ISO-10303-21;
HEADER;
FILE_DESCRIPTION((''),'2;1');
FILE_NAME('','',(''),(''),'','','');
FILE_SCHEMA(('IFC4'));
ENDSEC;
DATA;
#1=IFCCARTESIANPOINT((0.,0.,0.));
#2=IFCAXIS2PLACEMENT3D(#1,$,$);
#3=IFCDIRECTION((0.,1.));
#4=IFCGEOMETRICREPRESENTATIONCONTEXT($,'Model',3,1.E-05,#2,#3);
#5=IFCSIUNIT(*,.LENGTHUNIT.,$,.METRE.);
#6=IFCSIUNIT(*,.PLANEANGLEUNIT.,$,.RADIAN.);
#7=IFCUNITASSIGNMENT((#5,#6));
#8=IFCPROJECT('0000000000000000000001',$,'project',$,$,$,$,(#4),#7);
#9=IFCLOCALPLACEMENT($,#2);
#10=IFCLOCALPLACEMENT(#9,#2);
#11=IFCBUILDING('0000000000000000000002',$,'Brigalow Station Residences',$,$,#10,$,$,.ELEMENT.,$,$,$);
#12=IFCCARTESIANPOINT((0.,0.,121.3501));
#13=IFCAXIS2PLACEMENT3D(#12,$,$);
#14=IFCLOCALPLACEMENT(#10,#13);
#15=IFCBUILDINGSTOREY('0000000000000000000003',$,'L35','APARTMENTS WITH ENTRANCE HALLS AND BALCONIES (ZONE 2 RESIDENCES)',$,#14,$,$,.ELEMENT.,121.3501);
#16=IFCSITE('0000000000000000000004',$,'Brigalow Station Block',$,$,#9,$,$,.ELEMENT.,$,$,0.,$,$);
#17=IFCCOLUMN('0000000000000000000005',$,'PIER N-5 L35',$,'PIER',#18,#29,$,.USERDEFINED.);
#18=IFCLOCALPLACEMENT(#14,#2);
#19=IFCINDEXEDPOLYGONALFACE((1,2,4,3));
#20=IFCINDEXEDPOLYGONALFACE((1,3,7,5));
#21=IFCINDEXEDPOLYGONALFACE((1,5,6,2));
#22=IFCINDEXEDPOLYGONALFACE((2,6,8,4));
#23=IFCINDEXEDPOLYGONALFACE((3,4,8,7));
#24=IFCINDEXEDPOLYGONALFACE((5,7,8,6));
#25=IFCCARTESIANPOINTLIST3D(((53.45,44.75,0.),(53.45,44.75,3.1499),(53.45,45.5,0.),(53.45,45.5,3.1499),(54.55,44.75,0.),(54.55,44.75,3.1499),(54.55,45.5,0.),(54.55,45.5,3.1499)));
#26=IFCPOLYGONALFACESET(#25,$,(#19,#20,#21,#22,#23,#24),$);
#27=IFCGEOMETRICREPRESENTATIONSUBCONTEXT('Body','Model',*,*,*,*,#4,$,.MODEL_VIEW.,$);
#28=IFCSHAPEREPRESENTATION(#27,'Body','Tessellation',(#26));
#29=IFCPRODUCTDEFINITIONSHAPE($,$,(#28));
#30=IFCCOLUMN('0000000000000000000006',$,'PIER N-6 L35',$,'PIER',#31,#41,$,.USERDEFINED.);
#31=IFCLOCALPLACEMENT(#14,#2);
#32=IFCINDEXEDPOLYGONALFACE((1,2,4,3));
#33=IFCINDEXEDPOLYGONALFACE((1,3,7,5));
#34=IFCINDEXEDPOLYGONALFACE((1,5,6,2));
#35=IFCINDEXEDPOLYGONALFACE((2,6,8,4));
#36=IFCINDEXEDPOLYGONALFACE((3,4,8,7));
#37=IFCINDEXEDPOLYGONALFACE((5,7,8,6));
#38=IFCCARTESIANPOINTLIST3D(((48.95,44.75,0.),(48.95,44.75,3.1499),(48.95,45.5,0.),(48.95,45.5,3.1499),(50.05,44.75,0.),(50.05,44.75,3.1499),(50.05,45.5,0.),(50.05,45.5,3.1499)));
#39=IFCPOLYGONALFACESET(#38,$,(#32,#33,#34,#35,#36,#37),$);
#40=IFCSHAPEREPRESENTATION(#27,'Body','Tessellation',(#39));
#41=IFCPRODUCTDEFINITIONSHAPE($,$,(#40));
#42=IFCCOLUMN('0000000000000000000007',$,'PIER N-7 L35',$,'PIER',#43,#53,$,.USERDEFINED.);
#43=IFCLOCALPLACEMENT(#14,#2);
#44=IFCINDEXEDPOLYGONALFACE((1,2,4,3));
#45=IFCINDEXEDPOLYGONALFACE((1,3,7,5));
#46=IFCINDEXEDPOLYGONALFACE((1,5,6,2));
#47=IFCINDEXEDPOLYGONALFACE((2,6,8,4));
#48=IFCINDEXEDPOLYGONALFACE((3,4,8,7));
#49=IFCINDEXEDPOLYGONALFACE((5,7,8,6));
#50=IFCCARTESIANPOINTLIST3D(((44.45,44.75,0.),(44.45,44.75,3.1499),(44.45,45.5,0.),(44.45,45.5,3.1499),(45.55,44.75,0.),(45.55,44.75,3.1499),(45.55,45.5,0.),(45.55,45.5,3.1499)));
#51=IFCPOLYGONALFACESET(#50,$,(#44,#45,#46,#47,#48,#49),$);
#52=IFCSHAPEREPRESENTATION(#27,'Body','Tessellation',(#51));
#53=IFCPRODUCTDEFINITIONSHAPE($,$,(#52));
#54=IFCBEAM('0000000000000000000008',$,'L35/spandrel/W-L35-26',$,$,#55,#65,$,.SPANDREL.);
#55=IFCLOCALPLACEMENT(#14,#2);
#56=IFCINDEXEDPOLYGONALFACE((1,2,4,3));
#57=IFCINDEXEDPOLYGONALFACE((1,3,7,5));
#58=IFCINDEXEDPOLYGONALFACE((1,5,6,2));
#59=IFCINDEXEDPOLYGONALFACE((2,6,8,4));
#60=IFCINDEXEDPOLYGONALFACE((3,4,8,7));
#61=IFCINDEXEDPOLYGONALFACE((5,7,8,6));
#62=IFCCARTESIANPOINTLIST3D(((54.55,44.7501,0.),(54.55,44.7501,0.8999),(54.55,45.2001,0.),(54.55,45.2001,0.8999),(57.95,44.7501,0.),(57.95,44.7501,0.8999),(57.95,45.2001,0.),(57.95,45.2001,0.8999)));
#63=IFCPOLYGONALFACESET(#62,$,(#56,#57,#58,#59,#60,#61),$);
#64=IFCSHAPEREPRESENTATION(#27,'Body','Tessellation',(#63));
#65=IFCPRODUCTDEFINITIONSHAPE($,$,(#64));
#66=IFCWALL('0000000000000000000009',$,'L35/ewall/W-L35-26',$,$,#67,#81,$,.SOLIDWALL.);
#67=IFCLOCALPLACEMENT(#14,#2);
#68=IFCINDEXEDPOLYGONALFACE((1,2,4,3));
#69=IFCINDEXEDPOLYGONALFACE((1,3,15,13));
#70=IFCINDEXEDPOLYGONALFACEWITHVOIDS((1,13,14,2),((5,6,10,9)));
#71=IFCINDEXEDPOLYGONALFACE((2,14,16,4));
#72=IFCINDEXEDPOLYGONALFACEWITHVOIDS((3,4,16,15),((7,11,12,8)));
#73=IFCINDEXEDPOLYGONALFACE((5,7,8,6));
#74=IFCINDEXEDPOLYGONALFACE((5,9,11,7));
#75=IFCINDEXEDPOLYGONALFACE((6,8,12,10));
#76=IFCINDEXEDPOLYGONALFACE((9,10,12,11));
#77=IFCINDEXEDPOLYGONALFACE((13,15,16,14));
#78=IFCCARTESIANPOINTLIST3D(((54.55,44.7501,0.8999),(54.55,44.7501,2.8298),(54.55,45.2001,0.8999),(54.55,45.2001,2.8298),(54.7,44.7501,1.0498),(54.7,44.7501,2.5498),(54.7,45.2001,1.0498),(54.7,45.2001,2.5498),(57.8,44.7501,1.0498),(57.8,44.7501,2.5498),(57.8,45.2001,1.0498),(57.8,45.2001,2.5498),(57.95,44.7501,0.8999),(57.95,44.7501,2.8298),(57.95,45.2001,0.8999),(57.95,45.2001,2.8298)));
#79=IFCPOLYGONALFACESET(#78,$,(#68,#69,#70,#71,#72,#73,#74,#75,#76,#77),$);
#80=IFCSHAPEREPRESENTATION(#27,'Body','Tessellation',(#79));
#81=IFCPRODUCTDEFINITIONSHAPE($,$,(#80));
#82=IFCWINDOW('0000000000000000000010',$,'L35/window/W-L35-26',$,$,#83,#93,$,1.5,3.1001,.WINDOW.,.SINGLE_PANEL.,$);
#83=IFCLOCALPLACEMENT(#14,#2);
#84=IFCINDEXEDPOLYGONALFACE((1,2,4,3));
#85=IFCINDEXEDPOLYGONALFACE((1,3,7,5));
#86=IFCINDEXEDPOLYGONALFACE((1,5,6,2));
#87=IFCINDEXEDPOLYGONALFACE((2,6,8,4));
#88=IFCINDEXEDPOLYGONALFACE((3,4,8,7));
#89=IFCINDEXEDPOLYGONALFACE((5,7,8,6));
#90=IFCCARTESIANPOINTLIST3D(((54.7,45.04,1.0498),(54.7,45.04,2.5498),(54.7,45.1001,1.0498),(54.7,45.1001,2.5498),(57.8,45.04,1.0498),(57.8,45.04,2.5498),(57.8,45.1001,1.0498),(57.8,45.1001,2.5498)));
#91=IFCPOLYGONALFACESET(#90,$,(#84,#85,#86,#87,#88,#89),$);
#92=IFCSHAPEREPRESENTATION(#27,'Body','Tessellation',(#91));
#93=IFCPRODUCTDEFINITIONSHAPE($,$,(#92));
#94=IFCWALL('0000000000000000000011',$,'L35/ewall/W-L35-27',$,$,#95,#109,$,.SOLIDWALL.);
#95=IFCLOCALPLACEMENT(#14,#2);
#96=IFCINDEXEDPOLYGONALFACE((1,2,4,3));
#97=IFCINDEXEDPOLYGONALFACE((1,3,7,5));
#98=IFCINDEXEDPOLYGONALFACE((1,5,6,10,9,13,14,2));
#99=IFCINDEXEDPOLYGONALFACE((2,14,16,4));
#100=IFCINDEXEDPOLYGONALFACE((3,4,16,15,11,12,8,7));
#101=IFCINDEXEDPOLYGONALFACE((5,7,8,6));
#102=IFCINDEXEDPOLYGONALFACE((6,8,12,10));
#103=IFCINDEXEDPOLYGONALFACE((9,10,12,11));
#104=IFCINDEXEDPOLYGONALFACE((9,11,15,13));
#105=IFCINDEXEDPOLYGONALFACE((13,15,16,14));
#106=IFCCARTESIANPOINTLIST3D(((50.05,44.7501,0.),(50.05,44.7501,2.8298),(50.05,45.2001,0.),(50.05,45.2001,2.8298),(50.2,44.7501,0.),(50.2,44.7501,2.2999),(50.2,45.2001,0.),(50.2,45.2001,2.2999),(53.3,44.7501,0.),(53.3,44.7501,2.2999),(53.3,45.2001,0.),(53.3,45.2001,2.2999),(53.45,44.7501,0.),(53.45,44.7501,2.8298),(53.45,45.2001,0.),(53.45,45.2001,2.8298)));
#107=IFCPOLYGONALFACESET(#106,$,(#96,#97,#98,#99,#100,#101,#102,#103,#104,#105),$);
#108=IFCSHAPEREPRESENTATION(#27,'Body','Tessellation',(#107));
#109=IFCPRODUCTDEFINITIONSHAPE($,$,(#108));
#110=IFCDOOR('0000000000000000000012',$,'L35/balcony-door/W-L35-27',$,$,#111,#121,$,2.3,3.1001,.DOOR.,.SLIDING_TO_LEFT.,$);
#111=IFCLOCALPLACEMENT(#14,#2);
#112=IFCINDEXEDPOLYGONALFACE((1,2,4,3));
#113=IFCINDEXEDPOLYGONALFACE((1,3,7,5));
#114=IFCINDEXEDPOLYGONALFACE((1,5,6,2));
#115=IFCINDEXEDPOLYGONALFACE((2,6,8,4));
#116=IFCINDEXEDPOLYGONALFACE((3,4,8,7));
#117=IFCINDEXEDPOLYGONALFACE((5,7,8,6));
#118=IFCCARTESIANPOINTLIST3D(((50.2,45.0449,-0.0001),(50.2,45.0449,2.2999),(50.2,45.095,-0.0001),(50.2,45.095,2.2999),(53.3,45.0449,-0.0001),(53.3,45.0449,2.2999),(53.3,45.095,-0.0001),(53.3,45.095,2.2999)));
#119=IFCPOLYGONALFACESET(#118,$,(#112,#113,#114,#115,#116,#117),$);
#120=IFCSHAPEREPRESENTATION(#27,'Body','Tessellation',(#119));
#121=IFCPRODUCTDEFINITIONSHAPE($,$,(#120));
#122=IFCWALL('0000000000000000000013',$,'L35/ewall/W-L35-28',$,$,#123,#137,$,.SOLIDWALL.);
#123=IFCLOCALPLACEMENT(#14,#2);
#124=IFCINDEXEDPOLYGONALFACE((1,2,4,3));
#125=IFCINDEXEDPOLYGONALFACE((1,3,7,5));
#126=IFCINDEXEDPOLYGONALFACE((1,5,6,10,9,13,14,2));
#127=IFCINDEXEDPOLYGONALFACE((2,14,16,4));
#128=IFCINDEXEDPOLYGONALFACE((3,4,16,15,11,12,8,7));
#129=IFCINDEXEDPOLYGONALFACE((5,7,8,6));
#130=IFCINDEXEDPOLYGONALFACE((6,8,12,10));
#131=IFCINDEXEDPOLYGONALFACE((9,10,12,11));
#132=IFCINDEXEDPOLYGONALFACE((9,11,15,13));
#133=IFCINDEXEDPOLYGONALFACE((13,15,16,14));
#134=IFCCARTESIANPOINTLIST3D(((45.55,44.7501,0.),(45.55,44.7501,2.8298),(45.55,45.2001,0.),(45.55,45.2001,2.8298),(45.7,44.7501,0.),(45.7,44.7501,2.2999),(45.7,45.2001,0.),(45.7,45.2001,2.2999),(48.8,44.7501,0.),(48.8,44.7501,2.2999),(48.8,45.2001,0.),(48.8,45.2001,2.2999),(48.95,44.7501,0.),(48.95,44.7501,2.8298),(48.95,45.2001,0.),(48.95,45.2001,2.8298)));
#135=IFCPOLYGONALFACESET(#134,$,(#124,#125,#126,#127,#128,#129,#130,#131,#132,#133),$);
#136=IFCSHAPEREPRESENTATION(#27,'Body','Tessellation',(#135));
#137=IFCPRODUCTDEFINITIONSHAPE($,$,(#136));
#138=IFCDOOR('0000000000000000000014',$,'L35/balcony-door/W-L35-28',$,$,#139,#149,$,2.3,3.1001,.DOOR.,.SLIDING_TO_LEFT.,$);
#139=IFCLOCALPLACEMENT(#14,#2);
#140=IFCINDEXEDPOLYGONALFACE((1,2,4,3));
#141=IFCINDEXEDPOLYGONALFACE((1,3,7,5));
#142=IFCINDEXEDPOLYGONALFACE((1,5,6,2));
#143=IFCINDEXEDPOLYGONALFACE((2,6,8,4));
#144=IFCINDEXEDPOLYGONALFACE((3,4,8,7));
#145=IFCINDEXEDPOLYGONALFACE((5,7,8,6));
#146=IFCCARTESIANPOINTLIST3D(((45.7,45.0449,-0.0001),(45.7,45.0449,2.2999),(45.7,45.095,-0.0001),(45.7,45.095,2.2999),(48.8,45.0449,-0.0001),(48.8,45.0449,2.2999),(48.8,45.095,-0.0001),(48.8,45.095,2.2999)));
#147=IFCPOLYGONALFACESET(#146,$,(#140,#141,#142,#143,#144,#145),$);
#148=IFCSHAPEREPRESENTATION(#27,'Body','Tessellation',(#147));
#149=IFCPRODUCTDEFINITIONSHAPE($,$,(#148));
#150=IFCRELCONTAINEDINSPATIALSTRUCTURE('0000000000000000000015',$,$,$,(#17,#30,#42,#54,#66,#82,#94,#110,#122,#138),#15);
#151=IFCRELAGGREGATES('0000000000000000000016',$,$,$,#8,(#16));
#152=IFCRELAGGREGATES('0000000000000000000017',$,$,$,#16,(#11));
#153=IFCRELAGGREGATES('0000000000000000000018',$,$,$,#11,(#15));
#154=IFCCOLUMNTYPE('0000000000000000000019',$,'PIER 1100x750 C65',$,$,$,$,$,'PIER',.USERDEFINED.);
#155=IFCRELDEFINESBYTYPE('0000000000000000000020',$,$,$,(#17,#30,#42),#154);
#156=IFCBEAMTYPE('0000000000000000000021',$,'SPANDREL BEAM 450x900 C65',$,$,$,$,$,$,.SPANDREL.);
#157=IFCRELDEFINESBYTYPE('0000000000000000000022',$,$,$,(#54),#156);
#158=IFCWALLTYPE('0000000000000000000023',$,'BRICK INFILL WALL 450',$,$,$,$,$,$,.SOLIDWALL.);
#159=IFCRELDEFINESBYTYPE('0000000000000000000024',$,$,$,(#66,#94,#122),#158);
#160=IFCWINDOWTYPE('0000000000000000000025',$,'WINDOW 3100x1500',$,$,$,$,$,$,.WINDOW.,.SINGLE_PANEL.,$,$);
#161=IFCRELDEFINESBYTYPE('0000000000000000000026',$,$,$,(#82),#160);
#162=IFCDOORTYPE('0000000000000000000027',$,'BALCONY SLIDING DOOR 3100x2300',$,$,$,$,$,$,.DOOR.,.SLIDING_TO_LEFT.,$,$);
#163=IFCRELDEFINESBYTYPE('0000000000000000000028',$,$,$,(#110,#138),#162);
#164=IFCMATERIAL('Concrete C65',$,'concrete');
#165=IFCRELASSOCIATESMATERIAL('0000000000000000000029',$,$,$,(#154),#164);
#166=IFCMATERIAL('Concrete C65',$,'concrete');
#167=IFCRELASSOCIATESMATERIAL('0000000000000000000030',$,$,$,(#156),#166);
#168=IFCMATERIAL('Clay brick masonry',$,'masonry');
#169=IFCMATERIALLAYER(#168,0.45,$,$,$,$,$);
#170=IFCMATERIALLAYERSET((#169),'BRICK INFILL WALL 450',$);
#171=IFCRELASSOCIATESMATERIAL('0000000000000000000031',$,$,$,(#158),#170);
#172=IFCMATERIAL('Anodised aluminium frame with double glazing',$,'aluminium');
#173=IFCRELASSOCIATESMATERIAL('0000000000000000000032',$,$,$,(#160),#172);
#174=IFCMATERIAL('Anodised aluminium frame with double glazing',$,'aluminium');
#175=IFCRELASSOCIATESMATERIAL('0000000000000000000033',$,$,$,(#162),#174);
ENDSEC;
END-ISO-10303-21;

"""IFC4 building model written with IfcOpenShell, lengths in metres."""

from ifc_helpers import new_model, si_unit, direction, frame, frame_2d, origin, origin_2d, place, context, subcontext, project, spatial, rectangle, extrude, material, layer, layer_set, material_profile, profile_set, type_object, element, fill, save


model = new_model("IFC4")

# Units and contexts
model_context = context("Model", 3, precision=1e-05, world=origin(), true_north=direction((0.0, 1.0)))
body_context = subcontext(model_context, "Body", "Model", "MODEL_VIEW")
ifc_project = project(units=[si_unit("LENGTHUNIT", "METRE"), si_unit("PLANEANGLEUNIT", "RADIAN")], contexts=[model_context])

# Site, building, storey
site_placement = place(None, origin())
site = spatial("IfcSite", under=ifc_project, at=site_placement, Name="Brigalow Station Block", CompositionType="ELEMENT", RefElevation=0.0)
building_placement = place(site_placement, origin())
building = spatial("IfcBuilding", under=site, at=building_placement, Name="Brigalow Station Residences", CompositionType="ELEMENT")
storey_placement = place(building_placement, frame((0.0, 0.0, 121.3501)))
storey = spatial("IfcBuildingStorey", under=building, at=storey_placement, Name="L35", Description="APARTMENTS WITH ENTRANCE HALLS AND BALCONIES (ZONE 2 RESIDENCES)", CompositionType="ELEMENT", Elevation=121.3501)

# Columns
ifc_material_1 = material(Name="Concrete C65", Category="concrete")
ifc_material_profile_1 = material_profile(ifc_material_1, rectangle(XDim=1.1001, YDim=0.75, at=origin_2d()), Name="RC1100x750")
ifc_profile_set_1 = profile_set([ifc_material_profile_1], Name="Concrete C65")
column_type = type_object("IfcColumnType", Name="PIER 1100x750 C65", ElementType="PIER", PredefinedType="USERDEFINED", material=ifc_profile_set_1)
for number, where, z_axis, x_axis, name in (
    (1, (54.0, 45.125, 0.0), (0.0, 0.0, 1.0), (-1.0, 0.0, 0.0), "PIER N-5 L35"),
    (2, (49.5, 45.125, 0.0), (0.0, 0.0, 1.0), (-1.0, 0.0, 0.0), "PIER N-6 L35"),
    (3, (45.0, 45.125, 0.0), (0.0, 0.0, 1.0), (-1.0, 0.0, 0.0), "PIER N-7 L35"),
):
    element("IfcColumn", number, at=place(storey_placement, frame(where, z_axis=z_axis, x_axis=x_axis)), inside=storey, type_object=column_type, Name=name, ObjectType="PIER", PredefinedType="USERDEFINED", context=body_context, shape_type="SweptSolid", body=[
        extrude(rectangle(XDim=1.1001, YDim=0.75, at=origin_2d()), origin(), (0.0, 0.0, 1.0), 3.1499),
    ])

# Beam
ifc_material_2 = material(Name="Concrete C65", Category="concrete")
ifc_material_profile_2 = material_profile(ifc_material_2, rectangle(XDim=0.45, YDim=0.8999, at=origin_2d()), Name="RC450x900")
ifc_profile_set_2 = profile_set([ifc_material_profile_2], Name="Concrete C65")
beam_type = type_object("IfcBeamType", Name="SPANDREL BEAM 450x900 C65", PredefinedType="SPANDREL", material=ifc_profile_set_2)
beam_placement = place(storey_placement, frame((57.95, 44.9751, 0.45), z_axis=(-1.0, 0.0, 0.0), x_axis=(0.0, -1.0, 0.0)))
element("IfcBeam", 4, at=beam_placement, inside=storey, type_object=beam_type, Name="L35/spandrel/W-L35-26", PredefinedType="SPANDREL", context=body_context, shape_type="SweptSolid", body=[
    extrude(rectangle(XDim=0.45, YDim=0.8999, at=origin_2d()), origin(), (0.0, 0.0, 1.0), 3.3999),
])

# Wall, opening, window
ifc_material_3 = material(Name="Clay brick masonry", Category="masonry")
ifc_layer_1 = layer(ifc_material_3, 0.45)
ifc_layer_set_1 = layer_set([ifc_layer_1], Name="BRICK INFILL WALL 450")
wall_type_1 = type_object("IfcWallType", Name="BRICK INFILL WALL 450", PredefinedType="SOLIDWALL", material=ifc_layer_set_1)
wall_1_placement = place(storey_placement, frame((57.95, 44.9751, 0.8999), z_axis=(0.0, 0.0, 1.0), x_axis=(-1.0, 0.0, 0.0)))
wall_1 = element("IfcWall", 5, at=wall_1_placement, inside=storey, type_object=wall_type_1, Name="L35/ewall/W-L35-26", PredefinedType="SOLIDWALL", context=body_context, shape_type="SweptSolid", body=[
    extrude(rectangle(XDim=3.3999, YDim=0.45, at=frame_2d((1.7, 0.0))), origin(), (0.0, 0.0, 1.0), 1.9299),
])
opening_1_placement = place(wall_1_placement, frame((0.1499, 0.0, 0.1499)))
opening_1 = element("IfcOpeningElement", 6, at=opening_1_placement, cuts=wall_1, PredefinedType="OPENING", context=body_context, shape_type="SweptSolid", body=[
    extrude(rectangle(XDim=3.1001, YDim=1.5, at=frame_2d((1.55, 0.75))), frame((0.0, 0.2349, 0.0), z_axis=(0.0, -1.0, 0.0), x_axis=(1.0, 0.0, 0.0)), (0.0, 0.0, 1.0), 0.47),
])
ifc_material_4 = material(Name="Anodised aluminium frame with double glazing", Category="aluminium")
window_type = type_object("IfcWindowType", Name="WINDOW 3100x1500", PartitioningType="SINGLE_PANEL", PredefinedType="WINDOW", material=ifc_material_4)
window_placement = place(opening_1_placement, origin())
window = element("IfcWindow", 7, at=window_placement, inside=storey, type_object=window_type, Name="L35/window/W-L35-26", OverallHeight=1.5, OverallWidth=3.1001, PartitioningType="SINGLE_PANEL", PredefinedType="WINDOW", context=body_context, shape_type="SweptSolid", body=[
    extrude(rectangle(XDim=3.1001, YDim=1.5, at=frame_2d((1.55, 0.75))), frame((0.0, -0.0649, 0.0), z_axis=(0.0, -1.0, 0.0), x_axis=(1.0, 0.0, 0.0)), (0.0, 0.0, 1.0), 0.0601),
])
fill(opening_1, window)

# Walls, openings, doors
wall_2_placement = place(storey_placement, frame((53.45, 44.9751, 0.0), z_axis=(0.0, 0.0, 1.0), x_axis=(-1.0, 0.0, 0.0)))
wall_2 = element("IfcWall", 8, at=wall_2_placement, inside=storey, type_object=wall_type_1, Name="L35/ewall/W-L35-27", PredefinedType="SOLIDWALL", context=body_context, shape_type="SweptSolid", body=[
    extrude(rectangle(XDim=3.3999, YDim=0.45, at=frame_2d((1.7, 0.0))), origin(), (0.0, 0.0, 1.0), 2.8298),
])
opening_2_placement = place(wall_2_placement, frame((0.1499, 0.0, 0.0)))
opening_2 = element("IfcOpeningElement", 9, at=opening_2_placement, cuts=wall_2, PredefinedType="OPENING", context=body_context, shape_type="SweptSolid", body=[
    extrude(rectangle(XDim=3.1001, YDim=2.3, at=frame_2d((1.55, 1.1499))), frame((0.0, 0.2349, 0.0), z_axis=(0.0, -1.0, 0.0), x_axis=(1.0, 0.0, 0.0)), (0.0, 0.0, 1.0), 0.47),
])
ifc_material_5 = material(Name="Anodised aluminium frame with double glazing", Category="aluminium")
door_type_1 = type_object("IfcDoorType", Name="BALCONY SLIDING DOOR 3100x2300", OperationType="SLIDING_TO_LEFT", PredefinedType="DOOR", material=ifc_material_5)
door_1_placement = place(opening_2_placement, origin())
door_1 = element("IfcDoor", 10, at=door_1_placement, inside=storey, type_object=door_type_1, Name="L35/balcony-door/W-L35-27", OperationType="SLIDING_TO_LEFT", OverallHeight=2.3, OverallWidth=3.1001, PredefinedType="DOOR", context=body_context, shape_type="SweptSolid", body=[
    extrude(rectangle(XDim=3.1001, YDim=2.3, at=frame_2d((1.55, 1.1499))), frame((0.0, -0.0698, 0.0), z_axis=(0.0, -1.0, 0.0), x_axis=(1.0, 0.0, 0.0)), (0.0, 0.0, 1.0), 0.05),
])
fill(opening_2, door_1)
wall_3_placement = place(storey_placement, frame((48.95, 44.9751, 0.0), z_axis=(0.0, 0.0, 1.0), x_axis=(-1.0, 0.0, 0.0)))
wall_3 = element("IfcWall", 11, at=wall_3_placement, inside=storey, type_object=wall_type_1, Name="L35/ewall/W-L35-28", PredefinedType="SOLIDWALL", context=body_context, shape_type="SweptSolid", body=[
    extrude(rectangle(XDim=3.3999, YDim=0.45, at=frame_2d((1.7, 0.0))), origin(), (0.0, 0.0, 1.0), 2.8298),
])
opening_3_placement = place(wall_3_placement, frame((0.1499, 0.0, 0.0)))
opening_3 = element("IfcOpeningElement", 12, at=opening_3_placement, cuts=wall_3, PredefinedType="OPENING", context=body_context, shape_type="SweptSolid", body=[
    extrude(rectangle(XDim=3.1001, YDim=2.3, at=frame_2d((1.55, 1.1499))), frame((0.0, 0.2349, 0.0), z_axis=(0.0, -1.0, 0.0), x_axis=(1.0, 0.0, 0.0)), (0.0, 0.0, 1.0), 0.47),
])
door_2_placement = place(opening_3_placement, origin())
door_2 = element("IfcDoor", 13, at=door_2_placement, inside=storey, type_object=door_type_1, Name="L35/balcony-door/W-L35-28", OperationType="SLIDING_TO_LEFT", OverallHeight=2.3, OverallWidth=3.1001, PredefinedType="DOOR", context=body_context, shape_type="SweptSolid", body=[
    extrude(rectangle(XDim=3.1001, YDim=2.3, at=frame_2d((1.55, 1.1499))), frame((0.0, -0.0698, 0.0), z_axis=(0.0, -1.0, 0.0), x_axis=(1.0, 0.0, 0.0)), (0.0, 0.0, 1.0), 0.05),
])
fill(opening_3, door_2)

save(model, "model.ifc")
